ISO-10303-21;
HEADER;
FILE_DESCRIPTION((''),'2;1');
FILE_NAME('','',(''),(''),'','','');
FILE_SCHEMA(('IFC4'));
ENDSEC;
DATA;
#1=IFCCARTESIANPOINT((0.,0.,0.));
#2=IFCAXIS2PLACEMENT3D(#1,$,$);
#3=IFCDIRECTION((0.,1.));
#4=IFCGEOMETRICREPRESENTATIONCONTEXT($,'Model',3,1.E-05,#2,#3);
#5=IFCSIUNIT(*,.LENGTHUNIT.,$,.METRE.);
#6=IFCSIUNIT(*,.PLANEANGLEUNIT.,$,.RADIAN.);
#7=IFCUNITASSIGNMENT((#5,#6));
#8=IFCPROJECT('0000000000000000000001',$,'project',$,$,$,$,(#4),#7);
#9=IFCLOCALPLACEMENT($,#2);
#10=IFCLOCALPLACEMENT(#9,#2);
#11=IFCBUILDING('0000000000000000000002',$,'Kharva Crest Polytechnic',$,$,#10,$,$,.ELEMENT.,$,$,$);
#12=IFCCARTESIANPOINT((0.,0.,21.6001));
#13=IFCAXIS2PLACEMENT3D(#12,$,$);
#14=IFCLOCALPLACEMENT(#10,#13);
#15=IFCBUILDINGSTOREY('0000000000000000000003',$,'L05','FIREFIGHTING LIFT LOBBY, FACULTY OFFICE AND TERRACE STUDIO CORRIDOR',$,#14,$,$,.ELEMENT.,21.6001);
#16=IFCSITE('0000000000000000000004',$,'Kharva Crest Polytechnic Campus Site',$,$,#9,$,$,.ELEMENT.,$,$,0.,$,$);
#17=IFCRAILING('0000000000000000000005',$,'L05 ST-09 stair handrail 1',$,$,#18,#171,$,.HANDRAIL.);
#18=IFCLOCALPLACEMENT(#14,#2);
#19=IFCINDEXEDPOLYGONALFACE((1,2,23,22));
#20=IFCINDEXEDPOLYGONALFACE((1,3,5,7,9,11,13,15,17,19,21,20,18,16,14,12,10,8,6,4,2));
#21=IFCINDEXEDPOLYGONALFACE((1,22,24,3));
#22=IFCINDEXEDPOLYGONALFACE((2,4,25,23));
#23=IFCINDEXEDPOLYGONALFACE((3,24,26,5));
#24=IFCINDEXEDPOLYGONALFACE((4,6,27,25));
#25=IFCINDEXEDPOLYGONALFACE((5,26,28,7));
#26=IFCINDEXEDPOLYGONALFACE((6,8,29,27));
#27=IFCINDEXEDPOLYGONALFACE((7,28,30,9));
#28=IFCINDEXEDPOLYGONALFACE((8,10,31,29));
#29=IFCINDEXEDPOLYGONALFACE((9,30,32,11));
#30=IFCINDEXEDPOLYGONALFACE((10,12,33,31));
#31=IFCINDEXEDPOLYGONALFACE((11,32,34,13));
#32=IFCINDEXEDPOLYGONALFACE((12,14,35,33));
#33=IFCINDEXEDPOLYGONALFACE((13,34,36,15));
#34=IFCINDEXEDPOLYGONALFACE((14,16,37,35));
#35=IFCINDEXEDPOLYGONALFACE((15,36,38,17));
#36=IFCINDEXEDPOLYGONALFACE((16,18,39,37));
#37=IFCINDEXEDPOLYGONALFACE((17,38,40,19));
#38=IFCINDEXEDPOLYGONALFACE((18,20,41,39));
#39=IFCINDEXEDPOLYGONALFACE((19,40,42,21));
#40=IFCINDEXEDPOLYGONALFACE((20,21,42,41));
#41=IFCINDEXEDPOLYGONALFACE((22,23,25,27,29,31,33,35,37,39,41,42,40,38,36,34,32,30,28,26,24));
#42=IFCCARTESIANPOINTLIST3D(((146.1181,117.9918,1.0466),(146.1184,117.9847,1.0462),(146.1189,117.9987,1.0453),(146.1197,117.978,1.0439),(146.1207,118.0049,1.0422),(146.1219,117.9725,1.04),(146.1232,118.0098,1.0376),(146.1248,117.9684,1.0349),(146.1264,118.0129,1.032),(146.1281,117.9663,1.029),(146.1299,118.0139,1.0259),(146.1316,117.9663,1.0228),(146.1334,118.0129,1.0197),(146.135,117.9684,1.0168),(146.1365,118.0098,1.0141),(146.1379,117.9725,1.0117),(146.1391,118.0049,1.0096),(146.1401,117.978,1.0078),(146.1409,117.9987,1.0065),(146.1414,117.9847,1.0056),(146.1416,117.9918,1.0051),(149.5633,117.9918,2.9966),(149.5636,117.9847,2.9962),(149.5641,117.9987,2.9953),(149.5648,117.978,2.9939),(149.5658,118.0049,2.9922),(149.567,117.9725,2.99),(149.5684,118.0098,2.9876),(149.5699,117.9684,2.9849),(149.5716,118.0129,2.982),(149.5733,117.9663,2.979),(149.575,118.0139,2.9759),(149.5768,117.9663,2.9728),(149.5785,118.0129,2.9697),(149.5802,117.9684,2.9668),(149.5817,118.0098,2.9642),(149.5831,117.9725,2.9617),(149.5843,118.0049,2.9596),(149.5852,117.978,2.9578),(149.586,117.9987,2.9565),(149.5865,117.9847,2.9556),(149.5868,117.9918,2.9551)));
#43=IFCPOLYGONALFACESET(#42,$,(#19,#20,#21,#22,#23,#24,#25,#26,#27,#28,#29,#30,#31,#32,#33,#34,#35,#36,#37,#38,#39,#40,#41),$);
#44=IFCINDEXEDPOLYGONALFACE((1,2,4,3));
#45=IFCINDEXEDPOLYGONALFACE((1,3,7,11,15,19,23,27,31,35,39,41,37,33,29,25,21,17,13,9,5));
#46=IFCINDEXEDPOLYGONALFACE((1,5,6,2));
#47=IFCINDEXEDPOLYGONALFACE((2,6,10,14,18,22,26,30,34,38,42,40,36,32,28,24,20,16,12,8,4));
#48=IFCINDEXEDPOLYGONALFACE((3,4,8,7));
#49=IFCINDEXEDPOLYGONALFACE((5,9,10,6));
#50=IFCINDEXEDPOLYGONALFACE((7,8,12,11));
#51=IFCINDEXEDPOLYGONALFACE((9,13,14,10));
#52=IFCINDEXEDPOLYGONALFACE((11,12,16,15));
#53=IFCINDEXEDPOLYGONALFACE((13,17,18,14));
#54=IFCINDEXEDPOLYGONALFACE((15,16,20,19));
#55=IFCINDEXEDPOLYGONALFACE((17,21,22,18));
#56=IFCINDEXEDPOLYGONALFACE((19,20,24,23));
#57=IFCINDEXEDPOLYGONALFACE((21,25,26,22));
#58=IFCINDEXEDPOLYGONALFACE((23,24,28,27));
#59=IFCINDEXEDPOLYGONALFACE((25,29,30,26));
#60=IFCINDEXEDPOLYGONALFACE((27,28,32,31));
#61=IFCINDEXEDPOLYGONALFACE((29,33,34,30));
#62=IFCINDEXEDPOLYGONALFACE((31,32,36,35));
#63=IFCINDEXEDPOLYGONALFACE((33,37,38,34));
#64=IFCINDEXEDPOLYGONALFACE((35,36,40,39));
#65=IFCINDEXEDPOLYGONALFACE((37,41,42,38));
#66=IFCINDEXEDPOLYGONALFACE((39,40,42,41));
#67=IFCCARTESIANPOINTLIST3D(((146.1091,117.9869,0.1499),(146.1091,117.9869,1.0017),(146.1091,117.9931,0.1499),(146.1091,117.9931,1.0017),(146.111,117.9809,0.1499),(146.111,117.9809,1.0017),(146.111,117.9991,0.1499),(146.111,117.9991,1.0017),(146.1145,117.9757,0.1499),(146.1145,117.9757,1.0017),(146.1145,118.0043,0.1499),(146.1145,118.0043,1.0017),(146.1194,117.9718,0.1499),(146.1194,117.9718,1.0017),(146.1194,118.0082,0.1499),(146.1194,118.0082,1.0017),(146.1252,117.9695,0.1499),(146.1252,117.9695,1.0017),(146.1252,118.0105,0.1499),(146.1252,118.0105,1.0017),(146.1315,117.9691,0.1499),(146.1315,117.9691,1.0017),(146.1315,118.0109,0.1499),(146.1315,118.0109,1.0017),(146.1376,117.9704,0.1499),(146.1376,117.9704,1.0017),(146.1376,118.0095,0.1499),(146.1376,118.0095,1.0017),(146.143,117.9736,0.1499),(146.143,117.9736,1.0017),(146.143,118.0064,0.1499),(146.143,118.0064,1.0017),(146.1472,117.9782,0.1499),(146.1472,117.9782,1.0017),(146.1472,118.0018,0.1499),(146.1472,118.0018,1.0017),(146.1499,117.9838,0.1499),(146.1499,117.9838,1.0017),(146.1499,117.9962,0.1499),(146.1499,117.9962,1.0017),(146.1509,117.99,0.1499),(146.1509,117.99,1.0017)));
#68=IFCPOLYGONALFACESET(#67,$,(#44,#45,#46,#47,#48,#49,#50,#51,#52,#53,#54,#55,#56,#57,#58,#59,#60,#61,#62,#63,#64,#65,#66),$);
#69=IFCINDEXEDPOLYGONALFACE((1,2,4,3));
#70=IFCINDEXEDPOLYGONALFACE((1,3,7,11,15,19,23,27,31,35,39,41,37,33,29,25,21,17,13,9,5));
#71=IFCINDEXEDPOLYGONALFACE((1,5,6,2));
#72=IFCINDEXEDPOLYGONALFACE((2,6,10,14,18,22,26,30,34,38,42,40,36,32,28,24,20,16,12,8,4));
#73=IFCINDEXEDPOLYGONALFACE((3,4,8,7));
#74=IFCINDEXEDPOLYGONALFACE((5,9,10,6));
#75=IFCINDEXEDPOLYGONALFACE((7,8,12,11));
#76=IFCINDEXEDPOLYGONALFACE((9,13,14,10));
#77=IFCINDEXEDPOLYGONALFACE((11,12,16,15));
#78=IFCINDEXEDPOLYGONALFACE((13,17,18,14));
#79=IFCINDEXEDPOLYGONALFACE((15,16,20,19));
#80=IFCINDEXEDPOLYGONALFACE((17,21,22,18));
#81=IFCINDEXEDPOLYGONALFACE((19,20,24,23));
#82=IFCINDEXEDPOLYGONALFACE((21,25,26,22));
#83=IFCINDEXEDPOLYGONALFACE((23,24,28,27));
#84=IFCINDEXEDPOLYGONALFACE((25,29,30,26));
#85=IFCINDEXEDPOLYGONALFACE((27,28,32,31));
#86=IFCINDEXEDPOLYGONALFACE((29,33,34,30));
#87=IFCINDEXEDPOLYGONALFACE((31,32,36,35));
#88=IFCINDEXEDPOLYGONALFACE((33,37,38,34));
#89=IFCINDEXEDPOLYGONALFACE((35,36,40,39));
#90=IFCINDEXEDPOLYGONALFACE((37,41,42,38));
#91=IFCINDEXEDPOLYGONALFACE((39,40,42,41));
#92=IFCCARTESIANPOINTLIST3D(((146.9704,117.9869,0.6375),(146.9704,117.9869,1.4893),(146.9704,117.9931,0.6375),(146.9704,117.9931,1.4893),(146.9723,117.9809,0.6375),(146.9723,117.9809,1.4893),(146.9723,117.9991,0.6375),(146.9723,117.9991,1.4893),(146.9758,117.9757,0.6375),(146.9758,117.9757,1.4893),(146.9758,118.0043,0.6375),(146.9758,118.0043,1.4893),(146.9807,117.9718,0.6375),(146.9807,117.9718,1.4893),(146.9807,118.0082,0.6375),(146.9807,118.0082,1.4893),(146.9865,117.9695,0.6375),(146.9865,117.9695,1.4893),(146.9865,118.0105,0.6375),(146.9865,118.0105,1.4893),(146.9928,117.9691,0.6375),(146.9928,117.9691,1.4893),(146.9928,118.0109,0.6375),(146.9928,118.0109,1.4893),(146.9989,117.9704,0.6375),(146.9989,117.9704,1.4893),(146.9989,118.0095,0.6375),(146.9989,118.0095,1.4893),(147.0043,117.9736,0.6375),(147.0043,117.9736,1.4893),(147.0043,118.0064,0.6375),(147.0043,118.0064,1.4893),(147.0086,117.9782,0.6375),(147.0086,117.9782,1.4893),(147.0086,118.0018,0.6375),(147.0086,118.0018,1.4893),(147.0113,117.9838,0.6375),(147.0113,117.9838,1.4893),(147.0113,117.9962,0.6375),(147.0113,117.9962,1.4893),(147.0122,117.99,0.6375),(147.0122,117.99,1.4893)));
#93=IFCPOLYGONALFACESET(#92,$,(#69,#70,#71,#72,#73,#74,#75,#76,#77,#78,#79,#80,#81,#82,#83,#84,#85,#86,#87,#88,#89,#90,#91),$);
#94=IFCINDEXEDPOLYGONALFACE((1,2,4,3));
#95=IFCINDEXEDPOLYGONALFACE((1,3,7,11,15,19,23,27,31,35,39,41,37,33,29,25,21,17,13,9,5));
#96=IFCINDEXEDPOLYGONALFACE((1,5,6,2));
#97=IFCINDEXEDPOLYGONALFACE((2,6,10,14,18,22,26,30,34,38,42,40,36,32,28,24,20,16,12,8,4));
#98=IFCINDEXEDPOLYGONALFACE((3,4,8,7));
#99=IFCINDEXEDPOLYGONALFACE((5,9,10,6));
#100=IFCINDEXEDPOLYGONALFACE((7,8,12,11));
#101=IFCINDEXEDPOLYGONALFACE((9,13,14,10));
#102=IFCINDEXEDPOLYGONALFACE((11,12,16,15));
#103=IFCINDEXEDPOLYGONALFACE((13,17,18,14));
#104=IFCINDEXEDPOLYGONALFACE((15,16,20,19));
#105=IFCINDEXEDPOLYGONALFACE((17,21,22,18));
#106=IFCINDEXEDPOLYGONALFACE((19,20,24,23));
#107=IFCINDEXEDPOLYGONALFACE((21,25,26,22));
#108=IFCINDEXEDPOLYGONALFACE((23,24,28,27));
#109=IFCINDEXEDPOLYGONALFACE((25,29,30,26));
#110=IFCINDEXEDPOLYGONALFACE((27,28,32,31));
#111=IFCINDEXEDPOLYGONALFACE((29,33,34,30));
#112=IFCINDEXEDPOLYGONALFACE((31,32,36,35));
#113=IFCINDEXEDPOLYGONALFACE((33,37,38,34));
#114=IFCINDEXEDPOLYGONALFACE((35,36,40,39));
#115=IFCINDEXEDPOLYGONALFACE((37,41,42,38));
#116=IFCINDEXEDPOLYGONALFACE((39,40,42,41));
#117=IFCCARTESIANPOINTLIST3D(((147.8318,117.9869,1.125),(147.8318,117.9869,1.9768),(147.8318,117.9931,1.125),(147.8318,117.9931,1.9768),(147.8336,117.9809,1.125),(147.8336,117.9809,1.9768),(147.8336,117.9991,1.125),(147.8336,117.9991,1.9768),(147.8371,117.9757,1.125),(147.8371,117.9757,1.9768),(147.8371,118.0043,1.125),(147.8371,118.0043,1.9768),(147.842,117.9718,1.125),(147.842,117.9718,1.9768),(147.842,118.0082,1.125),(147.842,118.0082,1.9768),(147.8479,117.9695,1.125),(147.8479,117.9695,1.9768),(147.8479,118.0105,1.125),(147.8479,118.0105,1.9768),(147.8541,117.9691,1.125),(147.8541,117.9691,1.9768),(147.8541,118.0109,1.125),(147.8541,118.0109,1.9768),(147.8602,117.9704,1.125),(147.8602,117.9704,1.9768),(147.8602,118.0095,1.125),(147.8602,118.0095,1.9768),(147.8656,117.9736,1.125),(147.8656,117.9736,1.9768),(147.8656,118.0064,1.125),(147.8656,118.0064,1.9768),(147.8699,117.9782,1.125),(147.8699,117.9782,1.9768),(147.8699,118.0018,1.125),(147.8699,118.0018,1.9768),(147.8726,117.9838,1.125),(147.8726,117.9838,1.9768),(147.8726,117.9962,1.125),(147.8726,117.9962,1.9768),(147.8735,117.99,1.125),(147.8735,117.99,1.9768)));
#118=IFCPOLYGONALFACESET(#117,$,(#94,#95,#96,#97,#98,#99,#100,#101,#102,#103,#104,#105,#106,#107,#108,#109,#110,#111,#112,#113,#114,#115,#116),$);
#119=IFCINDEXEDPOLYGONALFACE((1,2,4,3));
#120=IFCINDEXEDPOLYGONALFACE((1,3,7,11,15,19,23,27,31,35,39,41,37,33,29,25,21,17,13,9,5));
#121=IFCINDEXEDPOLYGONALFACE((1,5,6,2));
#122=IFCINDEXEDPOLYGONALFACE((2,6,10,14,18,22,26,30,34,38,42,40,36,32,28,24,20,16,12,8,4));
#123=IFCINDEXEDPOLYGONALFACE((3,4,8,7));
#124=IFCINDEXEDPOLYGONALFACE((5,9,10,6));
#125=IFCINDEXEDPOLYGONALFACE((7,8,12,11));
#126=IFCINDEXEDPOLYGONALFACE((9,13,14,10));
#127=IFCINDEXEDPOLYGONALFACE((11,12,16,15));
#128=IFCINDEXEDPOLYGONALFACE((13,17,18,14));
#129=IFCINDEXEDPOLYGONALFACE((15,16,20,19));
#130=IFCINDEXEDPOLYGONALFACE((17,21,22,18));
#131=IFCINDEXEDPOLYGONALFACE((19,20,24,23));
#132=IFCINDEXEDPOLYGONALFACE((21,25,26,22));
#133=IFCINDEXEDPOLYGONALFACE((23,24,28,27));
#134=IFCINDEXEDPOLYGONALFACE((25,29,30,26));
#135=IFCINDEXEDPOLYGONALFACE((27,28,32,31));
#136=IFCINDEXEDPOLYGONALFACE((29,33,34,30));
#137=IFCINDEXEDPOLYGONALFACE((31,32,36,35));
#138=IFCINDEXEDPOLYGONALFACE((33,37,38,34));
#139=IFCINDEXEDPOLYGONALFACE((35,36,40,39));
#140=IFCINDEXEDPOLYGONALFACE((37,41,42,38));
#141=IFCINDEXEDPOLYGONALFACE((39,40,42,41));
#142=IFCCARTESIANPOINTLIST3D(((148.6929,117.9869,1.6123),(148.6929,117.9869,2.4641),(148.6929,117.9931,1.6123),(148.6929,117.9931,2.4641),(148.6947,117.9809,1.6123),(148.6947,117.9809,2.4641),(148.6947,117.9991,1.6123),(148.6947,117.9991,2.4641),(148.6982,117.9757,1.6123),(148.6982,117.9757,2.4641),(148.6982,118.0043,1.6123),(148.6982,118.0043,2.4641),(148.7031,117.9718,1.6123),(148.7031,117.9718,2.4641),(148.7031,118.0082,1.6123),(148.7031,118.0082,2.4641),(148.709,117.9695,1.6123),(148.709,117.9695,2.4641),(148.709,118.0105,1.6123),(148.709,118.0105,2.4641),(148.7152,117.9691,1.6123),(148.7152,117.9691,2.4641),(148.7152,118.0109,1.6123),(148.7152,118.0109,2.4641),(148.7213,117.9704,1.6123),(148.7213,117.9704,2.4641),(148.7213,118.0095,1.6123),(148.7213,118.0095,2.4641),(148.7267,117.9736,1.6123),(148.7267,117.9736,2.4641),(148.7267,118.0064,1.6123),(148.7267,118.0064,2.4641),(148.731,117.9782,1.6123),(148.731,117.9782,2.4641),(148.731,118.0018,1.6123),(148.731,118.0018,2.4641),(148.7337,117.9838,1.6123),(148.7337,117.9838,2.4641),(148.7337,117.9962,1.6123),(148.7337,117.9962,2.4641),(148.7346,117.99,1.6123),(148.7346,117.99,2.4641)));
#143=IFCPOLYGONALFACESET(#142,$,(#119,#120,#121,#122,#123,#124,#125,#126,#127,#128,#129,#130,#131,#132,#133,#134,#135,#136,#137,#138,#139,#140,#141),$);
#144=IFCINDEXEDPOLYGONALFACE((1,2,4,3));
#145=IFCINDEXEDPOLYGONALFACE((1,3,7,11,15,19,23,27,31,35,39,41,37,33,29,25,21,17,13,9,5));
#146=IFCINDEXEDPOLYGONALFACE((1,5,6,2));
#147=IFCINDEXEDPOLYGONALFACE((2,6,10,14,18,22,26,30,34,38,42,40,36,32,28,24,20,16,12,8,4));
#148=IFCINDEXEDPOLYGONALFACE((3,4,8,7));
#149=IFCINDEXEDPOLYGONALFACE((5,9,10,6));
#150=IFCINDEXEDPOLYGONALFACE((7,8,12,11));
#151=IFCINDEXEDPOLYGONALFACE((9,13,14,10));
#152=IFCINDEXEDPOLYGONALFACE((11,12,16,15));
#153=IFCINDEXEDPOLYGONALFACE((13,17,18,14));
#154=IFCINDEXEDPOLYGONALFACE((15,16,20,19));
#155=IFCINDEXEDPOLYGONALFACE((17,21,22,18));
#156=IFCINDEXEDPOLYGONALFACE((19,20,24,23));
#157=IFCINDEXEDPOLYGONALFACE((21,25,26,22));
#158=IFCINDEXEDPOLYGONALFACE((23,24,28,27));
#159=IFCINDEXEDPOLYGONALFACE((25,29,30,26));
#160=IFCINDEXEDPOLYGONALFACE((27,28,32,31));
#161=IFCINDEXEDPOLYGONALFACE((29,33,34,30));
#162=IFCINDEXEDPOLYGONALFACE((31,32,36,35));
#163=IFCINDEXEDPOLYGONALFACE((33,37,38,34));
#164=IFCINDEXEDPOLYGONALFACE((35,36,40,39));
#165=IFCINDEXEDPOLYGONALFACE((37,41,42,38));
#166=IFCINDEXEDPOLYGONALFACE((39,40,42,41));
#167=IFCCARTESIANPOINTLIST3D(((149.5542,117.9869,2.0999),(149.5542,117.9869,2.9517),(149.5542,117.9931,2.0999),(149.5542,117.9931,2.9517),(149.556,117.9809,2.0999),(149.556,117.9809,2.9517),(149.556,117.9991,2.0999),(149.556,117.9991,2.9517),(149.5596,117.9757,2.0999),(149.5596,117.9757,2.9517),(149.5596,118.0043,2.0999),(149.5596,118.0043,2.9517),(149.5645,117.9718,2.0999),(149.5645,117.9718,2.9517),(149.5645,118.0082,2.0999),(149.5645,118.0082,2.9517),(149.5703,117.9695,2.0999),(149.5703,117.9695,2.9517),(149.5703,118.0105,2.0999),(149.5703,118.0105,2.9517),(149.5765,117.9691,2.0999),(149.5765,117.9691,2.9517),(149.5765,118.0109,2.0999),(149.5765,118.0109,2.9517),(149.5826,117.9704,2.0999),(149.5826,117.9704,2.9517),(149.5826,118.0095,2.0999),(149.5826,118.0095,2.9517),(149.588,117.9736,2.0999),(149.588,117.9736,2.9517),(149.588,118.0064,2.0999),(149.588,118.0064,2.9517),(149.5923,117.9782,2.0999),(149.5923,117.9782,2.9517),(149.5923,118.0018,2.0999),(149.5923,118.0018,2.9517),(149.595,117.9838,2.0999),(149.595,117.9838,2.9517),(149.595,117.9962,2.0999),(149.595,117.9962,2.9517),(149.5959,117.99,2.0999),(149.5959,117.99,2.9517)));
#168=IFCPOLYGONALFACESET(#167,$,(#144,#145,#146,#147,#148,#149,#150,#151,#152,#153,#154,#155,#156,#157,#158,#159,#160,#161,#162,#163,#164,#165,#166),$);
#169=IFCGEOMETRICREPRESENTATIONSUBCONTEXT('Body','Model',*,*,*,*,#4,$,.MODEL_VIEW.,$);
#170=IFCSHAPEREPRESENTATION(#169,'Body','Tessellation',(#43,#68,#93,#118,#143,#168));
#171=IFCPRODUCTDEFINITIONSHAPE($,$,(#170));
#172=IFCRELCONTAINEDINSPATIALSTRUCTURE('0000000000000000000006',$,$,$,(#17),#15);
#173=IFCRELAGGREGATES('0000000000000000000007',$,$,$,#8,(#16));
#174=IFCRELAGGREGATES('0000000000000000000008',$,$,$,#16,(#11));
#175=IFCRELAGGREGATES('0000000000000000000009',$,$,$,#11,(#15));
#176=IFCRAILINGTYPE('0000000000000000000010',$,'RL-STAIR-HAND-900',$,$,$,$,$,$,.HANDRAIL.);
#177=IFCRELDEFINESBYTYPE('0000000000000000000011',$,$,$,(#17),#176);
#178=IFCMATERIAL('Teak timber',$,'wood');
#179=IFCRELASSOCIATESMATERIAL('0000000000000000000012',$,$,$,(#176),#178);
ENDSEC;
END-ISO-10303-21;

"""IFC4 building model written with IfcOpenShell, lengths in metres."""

from ifc_helpers import new_model, si_unit, direction, frame, origin, origin_2d, place, context, subcontext, project, spatial, circle, extrude, material, type_object, element, save


model = new_model("IFC4")

# Units and contexts
model_context = context("Model", 3, precision=1e-05, world=origin(), true_north=direction((0.0, 1.0)))
body_context = subcontext(model_context, "Body", "Model", "MODEL_VIEW")
ifc_project = project(units=[si_unit("LENGTHUNIT", "METRE"), si_unit("PLANEANGLEUNIT", "RADIAN")], contexts=[model_context])

# Site, building, storey
site_placement = place(None, origin())
site = spatial("IfcSite", under=ifc_project, at=site_placement, Name="Kharva Crest Polytechnic Campus Site", CompositionType="ELEMENT", RefElevation=0.0)
building_placement = place(site_placement, origin())
building = spatial("IfcBuilding", under=site, at=building_placement, Name="Kharva Crest Polytechnic", CompositionType="ELEMENT")
storey_placement = place(building_placement, frame((0.0, 0.0, 21.6001)))
storey = spatial("IfcBuildingStorey", under=building, at=storey_placement, Name="L05", Description="FIREFIGHTING LIFT LOBBY, FACULTY OFFICE AND TERRACE STUDIO CORRIDOR", CompositionType="ELEMENT", Elevation=21.6001)

# Shared definitions
ifc_material_1 = material(Name="Teak timber", Category="wood")

# Railing
railing_type_1 = type_object("IfcRailingType", Name="RL-STAIR-HAND-900", PredefinedType="HANDRAIL", material=ifc_material_1)
railing_1_placement = place(storey_placement, frame((146.1299, 117.99, 0.1499)))
element("IfcRailing", 1, at=railing_1_placement, inside=storey, type_object=railing_type_1, Name="L05 ST-09 stair handrail 1", PredefinedType="HANDRAIL", context=body_context, shape_type="SweptSolid", body=[
    extrude(circle(Radius=0.0239, at=origin_2d()), frame((0.0, 0.0, 0.876), z_axis=(0.870266, 0.0, 0.492581), x_axis=(0.0, 1.0, 0.0)), (0.0, 0.0, 1.0), 3.9587),
    extrude(circle(Radius=0.021, at=origin_2d()), origin(), (0.0, 0.0, 1.0), 0.8518),
    extrude(circle(Radius=0.021, at=origin_2d()), frame((0.8613, 0.0, 0.4875)), (0.0, 0.0, 1.0), 0.8518),
    extrude(circle(Radius=0.021, at=origin_2d()), frame((1.7227, 0.0, 0.9751)), (0.0, 0.0, 1.0), 0.8518),
    extrude(circle(Radius=0.021, at=origin_2d()), frame((2.5837, 0.0, 1.4624)), (0.0, 0.0, 1.0), 0.8518),
    extrude(circle(Radius=0.021, at=origin_2d()), frame((3.4451, 0.0, 1.95)), (0.0, 0.0, 1.0), 0.8518),
])

save(model, "model.ifc")
